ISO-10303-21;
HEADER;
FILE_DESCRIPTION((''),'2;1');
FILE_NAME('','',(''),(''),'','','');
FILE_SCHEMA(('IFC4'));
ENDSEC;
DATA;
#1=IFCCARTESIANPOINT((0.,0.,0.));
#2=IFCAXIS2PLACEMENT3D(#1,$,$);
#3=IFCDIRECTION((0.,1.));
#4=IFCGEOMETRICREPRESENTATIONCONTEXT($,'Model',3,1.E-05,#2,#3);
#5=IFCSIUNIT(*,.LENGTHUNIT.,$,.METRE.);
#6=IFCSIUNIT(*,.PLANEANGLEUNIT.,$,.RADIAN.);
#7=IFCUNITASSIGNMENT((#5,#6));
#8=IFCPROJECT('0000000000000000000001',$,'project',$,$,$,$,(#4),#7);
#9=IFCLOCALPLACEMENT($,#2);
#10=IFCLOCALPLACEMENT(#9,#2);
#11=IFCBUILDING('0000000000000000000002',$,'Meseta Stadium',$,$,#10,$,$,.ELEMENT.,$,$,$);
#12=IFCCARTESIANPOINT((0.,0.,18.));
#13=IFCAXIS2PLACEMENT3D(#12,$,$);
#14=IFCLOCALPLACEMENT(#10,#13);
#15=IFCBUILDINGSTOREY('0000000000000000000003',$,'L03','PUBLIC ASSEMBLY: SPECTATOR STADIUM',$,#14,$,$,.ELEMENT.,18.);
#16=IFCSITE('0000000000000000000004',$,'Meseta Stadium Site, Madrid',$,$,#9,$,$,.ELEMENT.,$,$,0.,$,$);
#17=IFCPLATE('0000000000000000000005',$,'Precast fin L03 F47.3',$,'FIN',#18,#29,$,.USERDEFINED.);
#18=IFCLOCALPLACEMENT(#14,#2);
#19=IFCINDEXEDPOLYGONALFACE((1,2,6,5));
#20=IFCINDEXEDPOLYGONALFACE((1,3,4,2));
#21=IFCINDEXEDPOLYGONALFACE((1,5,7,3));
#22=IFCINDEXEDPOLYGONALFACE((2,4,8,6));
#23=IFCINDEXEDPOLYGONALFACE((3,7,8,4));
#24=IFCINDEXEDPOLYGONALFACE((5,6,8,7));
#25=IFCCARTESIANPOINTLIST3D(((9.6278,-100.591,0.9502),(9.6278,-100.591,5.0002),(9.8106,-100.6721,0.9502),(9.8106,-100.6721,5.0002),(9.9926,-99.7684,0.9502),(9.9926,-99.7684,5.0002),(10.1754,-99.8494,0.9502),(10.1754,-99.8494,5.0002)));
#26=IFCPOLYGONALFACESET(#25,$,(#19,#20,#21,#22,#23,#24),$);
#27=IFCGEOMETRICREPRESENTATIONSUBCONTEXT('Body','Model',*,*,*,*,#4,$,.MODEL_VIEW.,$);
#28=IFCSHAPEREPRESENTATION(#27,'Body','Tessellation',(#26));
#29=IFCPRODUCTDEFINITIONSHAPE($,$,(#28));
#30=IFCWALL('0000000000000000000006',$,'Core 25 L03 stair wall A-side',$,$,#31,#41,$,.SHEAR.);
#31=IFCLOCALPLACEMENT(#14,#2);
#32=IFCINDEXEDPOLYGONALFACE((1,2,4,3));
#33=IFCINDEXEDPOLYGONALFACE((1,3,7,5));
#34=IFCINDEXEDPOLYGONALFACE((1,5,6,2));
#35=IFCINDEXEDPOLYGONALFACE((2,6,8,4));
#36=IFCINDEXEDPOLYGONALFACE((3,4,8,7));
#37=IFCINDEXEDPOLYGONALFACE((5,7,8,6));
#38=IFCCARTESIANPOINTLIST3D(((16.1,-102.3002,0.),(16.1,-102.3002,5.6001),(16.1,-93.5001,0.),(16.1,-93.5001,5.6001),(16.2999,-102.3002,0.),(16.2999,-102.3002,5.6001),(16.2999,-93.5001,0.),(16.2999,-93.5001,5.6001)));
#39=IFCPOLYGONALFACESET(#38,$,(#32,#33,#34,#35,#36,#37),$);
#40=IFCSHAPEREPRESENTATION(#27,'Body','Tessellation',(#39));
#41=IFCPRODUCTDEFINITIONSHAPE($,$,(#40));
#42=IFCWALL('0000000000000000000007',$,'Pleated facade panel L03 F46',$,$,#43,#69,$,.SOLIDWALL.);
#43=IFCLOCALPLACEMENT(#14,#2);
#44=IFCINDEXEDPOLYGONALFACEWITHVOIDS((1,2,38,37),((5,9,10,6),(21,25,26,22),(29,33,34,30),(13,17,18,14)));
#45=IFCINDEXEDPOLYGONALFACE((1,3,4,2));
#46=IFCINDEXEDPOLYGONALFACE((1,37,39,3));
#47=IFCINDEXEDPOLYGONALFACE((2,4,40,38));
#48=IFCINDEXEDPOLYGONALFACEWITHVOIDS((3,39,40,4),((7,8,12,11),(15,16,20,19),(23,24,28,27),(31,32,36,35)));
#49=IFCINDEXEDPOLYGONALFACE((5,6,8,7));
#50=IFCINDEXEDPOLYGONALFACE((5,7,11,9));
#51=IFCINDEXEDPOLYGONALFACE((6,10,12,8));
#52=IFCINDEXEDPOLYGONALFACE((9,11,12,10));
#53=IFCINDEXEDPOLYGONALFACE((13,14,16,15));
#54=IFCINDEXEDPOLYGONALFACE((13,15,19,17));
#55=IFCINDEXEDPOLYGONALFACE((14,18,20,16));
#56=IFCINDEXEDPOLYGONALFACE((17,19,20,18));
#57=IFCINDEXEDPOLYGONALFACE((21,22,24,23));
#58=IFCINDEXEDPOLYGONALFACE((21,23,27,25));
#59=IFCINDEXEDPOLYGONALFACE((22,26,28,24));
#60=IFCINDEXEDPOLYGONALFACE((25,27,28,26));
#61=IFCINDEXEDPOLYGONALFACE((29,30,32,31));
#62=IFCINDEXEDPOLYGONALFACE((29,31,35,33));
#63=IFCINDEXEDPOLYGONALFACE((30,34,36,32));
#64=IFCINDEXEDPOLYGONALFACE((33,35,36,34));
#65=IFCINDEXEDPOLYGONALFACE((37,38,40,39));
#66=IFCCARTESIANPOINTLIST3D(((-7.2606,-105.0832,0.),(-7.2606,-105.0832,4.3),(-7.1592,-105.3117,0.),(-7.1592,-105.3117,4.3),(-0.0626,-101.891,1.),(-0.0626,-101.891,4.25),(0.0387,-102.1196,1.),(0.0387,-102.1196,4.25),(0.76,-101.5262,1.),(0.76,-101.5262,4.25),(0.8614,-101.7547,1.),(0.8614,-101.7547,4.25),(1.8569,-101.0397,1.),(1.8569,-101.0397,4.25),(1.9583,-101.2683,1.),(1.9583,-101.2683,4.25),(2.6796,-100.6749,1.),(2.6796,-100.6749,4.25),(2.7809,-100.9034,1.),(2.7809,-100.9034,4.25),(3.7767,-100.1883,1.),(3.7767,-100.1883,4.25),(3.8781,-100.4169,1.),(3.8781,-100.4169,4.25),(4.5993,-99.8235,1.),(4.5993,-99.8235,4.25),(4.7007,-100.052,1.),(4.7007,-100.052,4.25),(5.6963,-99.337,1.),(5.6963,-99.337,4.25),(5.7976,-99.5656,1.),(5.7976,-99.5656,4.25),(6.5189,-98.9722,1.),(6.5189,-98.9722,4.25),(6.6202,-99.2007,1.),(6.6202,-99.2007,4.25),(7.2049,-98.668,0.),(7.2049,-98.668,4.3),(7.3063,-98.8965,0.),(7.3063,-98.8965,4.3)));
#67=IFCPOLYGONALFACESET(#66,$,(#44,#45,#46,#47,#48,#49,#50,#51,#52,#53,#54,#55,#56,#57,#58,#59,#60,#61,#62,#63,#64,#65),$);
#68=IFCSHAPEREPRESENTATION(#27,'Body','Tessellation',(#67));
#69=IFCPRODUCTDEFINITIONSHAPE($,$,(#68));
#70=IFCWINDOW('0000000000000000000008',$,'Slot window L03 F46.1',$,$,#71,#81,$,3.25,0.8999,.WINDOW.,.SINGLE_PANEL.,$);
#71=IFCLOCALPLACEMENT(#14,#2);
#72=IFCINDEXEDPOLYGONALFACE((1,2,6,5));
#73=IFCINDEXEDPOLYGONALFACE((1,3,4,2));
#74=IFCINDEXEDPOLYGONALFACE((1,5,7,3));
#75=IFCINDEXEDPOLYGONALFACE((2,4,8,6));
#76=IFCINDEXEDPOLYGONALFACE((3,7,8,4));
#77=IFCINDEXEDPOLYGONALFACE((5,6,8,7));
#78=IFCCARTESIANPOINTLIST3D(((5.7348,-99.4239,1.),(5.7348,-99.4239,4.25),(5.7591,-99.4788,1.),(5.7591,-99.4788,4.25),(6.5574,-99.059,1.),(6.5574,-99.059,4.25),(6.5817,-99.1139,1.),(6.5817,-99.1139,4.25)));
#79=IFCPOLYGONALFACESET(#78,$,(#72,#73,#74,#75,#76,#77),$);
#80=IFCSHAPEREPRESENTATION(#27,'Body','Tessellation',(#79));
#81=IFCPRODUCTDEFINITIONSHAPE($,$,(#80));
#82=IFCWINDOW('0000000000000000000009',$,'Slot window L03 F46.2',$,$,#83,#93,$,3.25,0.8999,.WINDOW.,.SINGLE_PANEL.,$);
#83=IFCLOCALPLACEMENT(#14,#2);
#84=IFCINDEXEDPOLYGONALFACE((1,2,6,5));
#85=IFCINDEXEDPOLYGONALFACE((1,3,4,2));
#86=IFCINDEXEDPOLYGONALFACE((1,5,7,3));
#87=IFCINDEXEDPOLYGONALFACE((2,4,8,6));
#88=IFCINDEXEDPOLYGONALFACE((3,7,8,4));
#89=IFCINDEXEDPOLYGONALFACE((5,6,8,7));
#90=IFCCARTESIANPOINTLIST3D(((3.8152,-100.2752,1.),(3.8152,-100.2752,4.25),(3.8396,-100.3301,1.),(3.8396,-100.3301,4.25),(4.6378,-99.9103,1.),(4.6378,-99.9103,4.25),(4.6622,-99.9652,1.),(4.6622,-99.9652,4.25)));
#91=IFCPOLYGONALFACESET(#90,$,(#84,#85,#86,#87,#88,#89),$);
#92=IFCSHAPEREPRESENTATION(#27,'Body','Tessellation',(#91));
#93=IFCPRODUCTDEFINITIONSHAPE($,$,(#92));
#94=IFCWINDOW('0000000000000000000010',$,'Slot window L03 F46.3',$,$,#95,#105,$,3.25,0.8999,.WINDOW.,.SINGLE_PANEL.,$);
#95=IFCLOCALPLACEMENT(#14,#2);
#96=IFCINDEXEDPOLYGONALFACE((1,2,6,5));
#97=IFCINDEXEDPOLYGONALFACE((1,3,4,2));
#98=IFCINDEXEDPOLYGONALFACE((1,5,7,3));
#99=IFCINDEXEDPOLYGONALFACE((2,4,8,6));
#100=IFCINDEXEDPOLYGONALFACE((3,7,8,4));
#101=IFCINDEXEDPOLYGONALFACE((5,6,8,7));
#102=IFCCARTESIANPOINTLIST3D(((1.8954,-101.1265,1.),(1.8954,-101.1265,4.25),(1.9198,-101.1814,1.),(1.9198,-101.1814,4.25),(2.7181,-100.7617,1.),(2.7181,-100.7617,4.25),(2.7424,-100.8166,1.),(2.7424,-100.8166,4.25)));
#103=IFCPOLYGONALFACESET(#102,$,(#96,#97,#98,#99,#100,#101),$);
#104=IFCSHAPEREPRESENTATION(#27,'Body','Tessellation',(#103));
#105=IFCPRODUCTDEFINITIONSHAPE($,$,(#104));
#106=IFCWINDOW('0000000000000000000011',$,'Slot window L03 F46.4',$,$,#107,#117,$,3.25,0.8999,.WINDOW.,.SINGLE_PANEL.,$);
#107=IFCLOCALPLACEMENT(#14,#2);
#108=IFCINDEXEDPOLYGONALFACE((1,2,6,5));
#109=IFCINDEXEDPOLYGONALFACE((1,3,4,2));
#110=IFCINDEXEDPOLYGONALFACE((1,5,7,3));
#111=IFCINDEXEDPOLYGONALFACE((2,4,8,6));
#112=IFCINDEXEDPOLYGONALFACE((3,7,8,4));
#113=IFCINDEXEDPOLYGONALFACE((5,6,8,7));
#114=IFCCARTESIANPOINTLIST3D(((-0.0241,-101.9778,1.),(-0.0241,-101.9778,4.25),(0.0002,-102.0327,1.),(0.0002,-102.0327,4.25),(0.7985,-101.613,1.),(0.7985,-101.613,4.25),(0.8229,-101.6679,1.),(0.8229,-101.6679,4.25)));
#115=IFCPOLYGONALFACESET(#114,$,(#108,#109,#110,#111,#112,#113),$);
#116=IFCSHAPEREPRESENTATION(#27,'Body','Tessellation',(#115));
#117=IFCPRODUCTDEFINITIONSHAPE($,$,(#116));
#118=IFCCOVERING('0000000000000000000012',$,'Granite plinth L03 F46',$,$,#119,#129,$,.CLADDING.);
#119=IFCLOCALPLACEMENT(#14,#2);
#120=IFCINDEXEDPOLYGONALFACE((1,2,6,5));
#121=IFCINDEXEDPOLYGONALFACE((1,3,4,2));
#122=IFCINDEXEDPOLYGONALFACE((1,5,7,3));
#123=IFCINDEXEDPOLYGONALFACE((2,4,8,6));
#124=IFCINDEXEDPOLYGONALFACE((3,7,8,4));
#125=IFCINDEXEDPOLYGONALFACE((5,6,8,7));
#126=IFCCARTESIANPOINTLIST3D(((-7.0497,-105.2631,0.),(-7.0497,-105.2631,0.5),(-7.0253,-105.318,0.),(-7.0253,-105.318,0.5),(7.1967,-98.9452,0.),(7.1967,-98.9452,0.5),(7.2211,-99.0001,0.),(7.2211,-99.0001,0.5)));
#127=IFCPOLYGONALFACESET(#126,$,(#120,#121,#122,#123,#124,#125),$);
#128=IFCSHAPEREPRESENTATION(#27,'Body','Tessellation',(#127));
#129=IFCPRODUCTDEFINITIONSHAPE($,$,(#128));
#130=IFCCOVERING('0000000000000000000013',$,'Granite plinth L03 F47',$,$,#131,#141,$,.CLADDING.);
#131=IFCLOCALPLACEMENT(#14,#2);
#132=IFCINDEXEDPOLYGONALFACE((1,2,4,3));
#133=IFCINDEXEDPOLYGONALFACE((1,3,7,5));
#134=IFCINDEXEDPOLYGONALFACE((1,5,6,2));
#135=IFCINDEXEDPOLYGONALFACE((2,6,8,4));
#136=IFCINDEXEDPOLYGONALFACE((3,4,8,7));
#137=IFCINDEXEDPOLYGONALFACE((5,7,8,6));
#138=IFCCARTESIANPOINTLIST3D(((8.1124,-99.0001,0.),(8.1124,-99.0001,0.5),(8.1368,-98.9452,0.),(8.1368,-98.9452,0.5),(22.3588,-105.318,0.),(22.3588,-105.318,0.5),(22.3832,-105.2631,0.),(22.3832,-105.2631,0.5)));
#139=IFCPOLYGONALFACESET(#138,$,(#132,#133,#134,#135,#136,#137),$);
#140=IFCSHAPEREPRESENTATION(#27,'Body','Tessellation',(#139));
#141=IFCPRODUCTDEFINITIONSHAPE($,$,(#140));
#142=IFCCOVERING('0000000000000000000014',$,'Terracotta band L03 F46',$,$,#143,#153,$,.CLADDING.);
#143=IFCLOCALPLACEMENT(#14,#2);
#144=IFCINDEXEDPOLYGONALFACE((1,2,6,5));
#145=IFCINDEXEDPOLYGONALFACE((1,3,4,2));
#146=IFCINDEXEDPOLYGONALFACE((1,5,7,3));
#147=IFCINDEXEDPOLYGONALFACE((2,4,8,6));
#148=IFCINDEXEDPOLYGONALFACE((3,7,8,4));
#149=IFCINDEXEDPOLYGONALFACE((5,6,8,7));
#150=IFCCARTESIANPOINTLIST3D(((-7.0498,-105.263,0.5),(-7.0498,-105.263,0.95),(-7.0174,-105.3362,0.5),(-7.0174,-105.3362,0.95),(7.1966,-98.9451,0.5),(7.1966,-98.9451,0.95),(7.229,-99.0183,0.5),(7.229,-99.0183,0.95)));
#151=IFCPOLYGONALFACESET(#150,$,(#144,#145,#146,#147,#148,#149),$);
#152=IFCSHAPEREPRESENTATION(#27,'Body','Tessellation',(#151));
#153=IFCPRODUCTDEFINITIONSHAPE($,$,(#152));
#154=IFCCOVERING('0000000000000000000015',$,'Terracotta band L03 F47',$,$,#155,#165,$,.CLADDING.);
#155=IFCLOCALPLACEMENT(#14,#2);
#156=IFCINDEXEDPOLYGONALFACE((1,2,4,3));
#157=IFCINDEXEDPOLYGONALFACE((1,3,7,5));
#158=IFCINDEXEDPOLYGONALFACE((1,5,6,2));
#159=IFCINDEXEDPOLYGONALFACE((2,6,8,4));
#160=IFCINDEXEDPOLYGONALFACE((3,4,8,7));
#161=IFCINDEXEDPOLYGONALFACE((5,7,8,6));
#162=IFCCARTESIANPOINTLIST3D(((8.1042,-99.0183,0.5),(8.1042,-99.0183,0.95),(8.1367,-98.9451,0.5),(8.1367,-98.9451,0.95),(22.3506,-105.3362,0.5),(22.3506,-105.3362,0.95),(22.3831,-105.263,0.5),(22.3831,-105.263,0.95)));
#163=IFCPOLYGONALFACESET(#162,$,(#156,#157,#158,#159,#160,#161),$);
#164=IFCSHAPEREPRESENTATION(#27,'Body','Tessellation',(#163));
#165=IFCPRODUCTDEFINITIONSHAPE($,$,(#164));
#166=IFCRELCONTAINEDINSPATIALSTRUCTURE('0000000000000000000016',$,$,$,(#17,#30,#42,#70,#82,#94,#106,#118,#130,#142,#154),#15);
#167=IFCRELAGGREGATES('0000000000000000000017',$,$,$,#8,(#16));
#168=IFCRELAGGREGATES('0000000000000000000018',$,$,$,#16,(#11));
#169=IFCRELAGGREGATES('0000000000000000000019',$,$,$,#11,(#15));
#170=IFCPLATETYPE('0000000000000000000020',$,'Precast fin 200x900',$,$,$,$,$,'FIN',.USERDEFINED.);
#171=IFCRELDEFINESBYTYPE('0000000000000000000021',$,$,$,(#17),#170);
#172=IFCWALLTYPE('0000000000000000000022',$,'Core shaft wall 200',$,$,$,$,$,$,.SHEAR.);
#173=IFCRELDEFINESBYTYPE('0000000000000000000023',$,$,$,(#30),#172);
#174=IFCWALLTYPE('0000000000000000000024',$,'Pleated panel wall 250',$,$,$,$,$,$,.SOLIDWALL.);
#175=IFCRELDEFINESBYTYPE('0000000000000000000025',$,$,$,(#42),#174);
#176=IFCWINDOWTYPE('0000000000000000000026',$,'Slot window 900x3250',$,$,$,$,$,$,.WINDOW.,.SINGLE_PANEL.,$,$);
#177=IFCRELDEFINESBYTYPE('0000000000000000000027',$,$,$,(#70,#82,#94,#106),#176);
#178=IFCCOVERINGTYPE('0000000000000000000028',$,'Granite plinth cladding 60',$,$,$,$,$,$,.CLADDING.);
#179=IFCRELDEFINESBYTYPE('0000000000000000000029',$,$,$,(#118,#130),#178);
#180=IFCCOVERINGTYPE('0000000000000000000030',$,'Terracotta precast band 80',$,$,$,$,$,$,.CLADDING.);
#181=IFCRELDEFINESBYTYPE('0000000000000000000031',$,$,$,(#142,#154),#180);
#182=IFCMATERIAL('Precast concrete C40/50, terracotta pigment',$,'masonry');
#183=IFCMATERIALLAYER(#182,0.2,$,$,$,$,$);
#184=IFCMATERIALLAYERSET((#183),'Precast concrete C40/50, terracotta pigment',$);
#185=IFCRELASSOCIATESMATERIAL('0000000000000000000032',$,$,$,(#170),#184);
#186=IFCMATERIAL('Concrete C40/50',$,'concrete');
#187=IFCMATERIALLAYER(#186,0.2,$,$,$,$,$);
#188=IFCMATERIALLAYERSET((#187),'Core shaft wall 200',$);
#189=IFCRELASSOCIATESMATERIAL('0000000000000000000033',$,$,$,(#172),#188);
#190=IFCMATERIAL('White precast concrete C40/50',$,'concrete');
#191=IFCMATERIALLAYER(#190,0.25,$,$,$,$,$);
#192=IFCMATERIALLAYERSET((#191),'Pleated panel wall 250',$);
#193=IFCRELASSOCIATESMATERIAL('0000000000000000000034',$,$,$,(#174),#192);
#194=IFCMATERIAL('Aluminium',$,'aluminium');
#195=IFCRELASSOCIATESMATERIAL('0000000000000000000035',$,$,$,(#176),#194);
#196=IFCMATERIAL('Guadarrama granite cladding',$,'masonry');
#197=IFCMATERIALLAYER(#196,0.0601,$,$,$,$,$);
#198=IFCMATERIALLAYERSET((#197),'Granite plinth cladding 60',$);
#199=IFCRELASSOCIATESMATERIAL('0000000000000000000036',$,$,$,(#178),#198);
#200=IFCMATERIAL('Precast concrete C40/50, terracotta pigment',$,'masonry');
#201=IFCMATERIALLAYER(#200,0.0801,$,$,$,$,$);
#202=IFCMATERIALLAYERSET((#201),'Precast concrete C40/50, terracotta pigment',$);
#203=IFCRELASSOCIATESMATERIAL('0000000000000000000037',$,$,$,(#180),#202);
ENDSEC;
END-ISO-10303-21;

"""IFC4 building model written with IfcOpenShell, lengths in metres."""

from ifc_helpers import new_model, si_unit, direction, frame, frame_2d, origin, origin_2d, place, context, subcontext, project, spatial, rectangle, extrude, material, layer, layer_set, type_object, element, fill, save


model = new_model("IFC4")

# Units and contexts
model_context = context("Model", 3, precision=1e-05, world=origin(), true_north=direction((0.0, 1.0)))
body_context = subcontext(model_context, "Body", "Model", "MODEL_VIEW")
ifc_project = project(units=[si_unit("LENGTHUNIT", "METRE"), si_unit("PLANEANGLEUNIT", "RADIAN")], contexts=[model_context])

# Site, building, storey
site_placement = place(None, origin())
site = spatial("IfcSite", under=ifc_project, at=site_placement, Name="Meseta Stadium Site, Madrid", CompositionType="ELEMENT", RefElevation=0.0)
building_placement = place(site_placement, origin())
building = spatial("IfcBuilding", under=site, at=building_placement, Name="Meseta Stadium", CompositionType="ELEMENT")
storey_placement = place(building_placement, frame((0.0, 0.0, 18.0)))
storey = spatial("IfcBuildingStorey", under=building, at=storey_placement, Name="L03", Description="PUBLIC ASSEMBLY: SPECTATOR STADIUM", CompositionType="ELEMENT", Elevation=18.0)

# Plate
ifc_material_1 = material(Name="Precast concrete C40/50, terracotta pigment", Category="masonry")
ifc_layer_1 = layer(ifc_material_1, 0.2)
ifc_layer_set_1 = layer_set([ifc_layer_1], Name="Precast concrete C40/50, terracotta pigment")
plate_type_1 = type_object("IfcPlateType", Name="Precast fin 200x900", ElementType="FIN", PredefinedType="USERDEFINED", material=ifc_layer_set_1)
for number, where, z_axis, x_axis, name in (
    (1, (9.9016, -100.2202, 0.9502), (0.0, 0.0, 1.0), (-0.914139, 0.4054, 0.0), "Precast fin L03 F47.3"),
):
    element("IfcPlate", number, at=place(storey_placement, frame(where, z_axis=z_axis, x_axis=x_axis)), inside=storey, type_object=plate_type_1, Name=name, ObjectType="FIN", PredefinedType="USERDEFINED", context=body_context, shape_type="SweptSolid", body=[
        extrude(rectangle(XDim=0.2, YDim=0.8999, at=origin_2d()), origin(), (0.0, 0.0, 1.0), 4.05),
    ])

# Wall
ifc_material_2 = material(Name="Concrete C40/50", Category="concrete")
ifc_layer_2 = layer(ifc_material_2, 0.2)
ifc_layer_set_2 = layer_set([ifc_layer_2], Name="Core shaft wall 200")
wall_type_1 = type_object("IfcWallType", Name="Core shaft wall 200", PredefinedType="SHEAR", material=ifc_layer_set_2)
wall_1_placement = place(storey_placement, frame((16.2, -102.3, 0.0), z_axis=(0.0, 0.0, 1.0), x_axis=(0.0, 1.0, 0.0)))
element("IfcWall", 2, at=wall_1_placement, inside=storey, type_object=wall_type_1, Name="Core 25 L03 stair wall A-side", PredefinedType="SHEAR", context=body_context, shape_type="SweptSolid", body=[
    extrude(rectangle(XDim=8.8, YDim=0.2, at=frame_2d((4.3999, 0.0))), origin(), (0.0, 0.0, 1.0), 5.6001),
])

# Wall, openings, windows
ifc_material_3 = material(Name="White precast concrete C40/50", Category="concrete")
ifc_layer_3 = layer(ifc_material_3, 0.25)
ifc_layer_set_3 = layer_set([ifc_layer_3], Name="Pleated panel wall 250")
wall_type_2 = type_object("IfcWallType", Name="Pleated panel wall 250", PredefinedType="SOLIDWALL", material=ifc_layer_set_3)
wall_2_placement = place(storey_placement, frame((7.2556, -98.7822, 0.0), z_axis=(0.0, 0.0, 1.0), x_axis=(-0.914136, -0.405407, 0.0)))
wall_2 = element("IfcWall", 3, at=wall_2_placement, inside=storey, type_object=wall_type_2, Name="Pleated facade panel L03 F46", PredefinedType="SOLIDWALL", context=body_context, shape_type="SweptSolid", body=[
    extrude(rectangle(XDim=15.8242, YDim=0.25, at=frame_2d((7.9121, 0.0))), origin(), (0.0, 0.0, 1.0), 4.3),
])
opening_1_placement = place(wall_2_placement, frame((0.7505, 0.0, 1.0)))
opening_1 = element("IfcOpeningElement", 4, at=opening_1_placement, cuts=wall_2, PredefinedType="OPENING", context=body_context, shape_type="SweptSolid", body=[
    extrude(rectangle(XDim=0.8999, YDim=3.25, at=frame_2d((0.45, 1.625))), frame((0.0, 0.135, 0.0), z_axis=(0.0, -1.0, 0.0), x_axis=(1.0, 0.0, 0.0)), (0.0, 0.0, 1.0), 0.27),
])
opening_2_placement = place(wall_2_placement, frame((2.8503, 0.0, 1.0)))
opening_2 = element("IfcOpeningElement", 5, at=opening_2_placement, cuts=wall_2, PredefinedType="OPENING", context=body_context, shape_type="SweptSolid", body=[
    extrude(rectangle(XDim=0.8999, YDim=3.25, at=frame_2d((0.45, 1.625))), frame((0.0, 0.135, 0.0), z_axis=(0.0, -1.0, 0.0), x_axis=(1.0, 0.0, 0.0)), (0.0, 0.0, 1.0), 0.27),
])
opening_3_placement = place(wall_2_placement, frame((4.9504, 0.0, 1.0)))
opening_3 = element("IfcOpeningElement", 6, at=opening_3_placement, cuts=wall_2, PredefinedType="OPENING", context=body_context, shape_type="SweptSolid", body=[
    extrude(rectangle(XDim=0.8999, YDim=3.25, at=frame_2d((0.45, 1.625))), frame((0.0, 0.135, 0.0), z_axis=(0.0, -1.0, 0.0), x_axis=(1.0, 0.0, 0.0)), (0.0, 0.0, 1.0), 0.27),
])
opening_4_placement = place(wall_2_placement, frame((7.0503, 0.0, 1.0)))
opening_4 = element("IfcOpeningElement", 7, at=opening_4_placement, cuts=wall_2, PredefinedType="OPENING", context=body_context, shape_type="SweptSolid", body=[
    extrude(rectangle(XDim=0.8999, YDim=3.25, at=frame_2d((0.45, 1.625))), frame((0.0, 0.135, 0.0), z_axis=(0.0, -1.0, 0.0), x_axis=(1.0, 0.0, 0.0)), (0.0, 0.0, 1.0), 0.27),
])
ifc_material_4 = material(Name="Aluminium", Category="aluminium")
window_type = type_object("IfcWindowType", Name="Slot window 900x3250", PartitioningType="SINGLE_PANEL", PredefinedType="WINDOW", material=ifc_material_4)
window_1_placement = place(opening_1_placement, origin())
window_1 = element("IfcWindow", 8, at=window_1_placement, inside=storey, type_object=window_type, Name="Slot window L03 F46.1", OverallHeight=3.25, OverallWidth=0.8999, PartitioningType="SINGLE_PANEL", PredefinedType="WINDOW", context=body_context, shape_type="SweptSolid", body=[
    extrude(rectangle(XDim=0.8999, YDim=3.25, at=frame_2d((0.45, 1.625))), frame((0.0, 0.03, 0.0), z_axis=(0.0, -1.0, 0.0), x_axis=(1.0, 0.0, 0.0)), (0.0, 0.0, 1.0), 0.0601),
])
fill(opening_1, window_1)
window_2_placement = place(opening_2_placement, origin())
window_2 = element("IfcWindow", 9, at=window_2_placement, inside=storey, type_object=window_type, Name="Slot window L03 F46.2", OverallHeight=3.25, OverallWidth=0.8999, PartitioningType="SINGLE_PANEL", PredefinedType="WINDOW", context=body_context, shape_type="SweptSolid", body=[
    extrude(rectangle(XDim=0.8999, YDim=3.25, at=frame_2d((0.45, 1.625))), frame((0.0, 0.03, 0.0), z_axis=(0.0, -1.0, 0.0), x_axis=(1.0, 0.0, 0.0)), (0.0, 0.0, 1.0), 0.0601),
])
fill(opening_2, window_2)
window_3_placement = place(opening_3_placement, origin())
window_3 = element("IfcWindow", 10, at=window_3_placement, inside=storey, type_object=window_type, Name="Slot window L03 F46.3", OverallHeight=3.25, OverallWidth=0.8999, PartitioningType="SINGLE_PANEL", PredefinedType="WINDOW", context=body_context, shape_type="SweptSolid", body=[
    extrude(rectangle(XDim=0.8999, YDim=3.25, at=frame_2d((0.45, 1.625))), frame((0.0, 0.03, 0.0), z_axis=(0.0, -1.0, 0.0), x_axis=(1.0, 0.0, 0.0)), (0.0, 0.0, 1.0), 0.0601),
])
fill(opening_3, window_3)
window_4_placement = place(opening_4_placement, origin())
window_4 = element("IfcWindow", 11, at=window_4_placement, inside=storey, type_object=window_type, Name="Slot window L03 F46.4", OverallHeight=3.25, OverallWidth=0.8999, PartitioningType="SINGLE_PANEL", PredefinedType="WINDOW", context=body_context, shape_type="SweptSolid", body=[
    extrude(rectangle(XDim=0.8999, YDim=3.25, at=frame_2d((0.45, 1.625))), frame((0.0, 0.03, 0.0), z_axis=(0.0, -1.0, 0.0), x_axis=(1.0, 0.0, 0.0)), (0.0, 0.0, 1.0), 0.0601),
])
fill(opening_4, window_4)

# Coverings
ifc_material_5 = material(Name="Guadarrama granite cladding", Category="masonry")
ifc_layer_4 = layer(ifc_material_5, 0.0601)
ifc_layer_set_4 = layer_set([ifc_layer_4], Name="Granite plinth cladding 60")
covering_type_1 = type_object("IfcCoveringType", Name="Granite plinth cladding 60", PredefinedType="CLADDING", material=ifc_layer_set_4)
for number, where, z_axis, x_axis, name in (
    (12, (0.0857, -102.1316, 0.0), (0.0, 0.0, 1.0), (-0.914139, -0.4054, 0.0), "Granite plinth L03 F46"),
    (13, (15.2478, -102.1316, 0.0), (0.0, 0.0, 1.0), (-0.914139, 0.4054, 0.0), "Granite plinth L03 F47"),
):
    element("IfcCovering", number, at=place(storey_placement, frame(where, z_axis=z_axis, x_axis=x_axis)), inside=storey, type_object=covering_type_1, Name=name, PredefinedType="CLADDING", context=body_context, shape_type="SweptSolid", body=[
        extrude(rectangle(XDim=15.5845, YDim=0.0601, at=origin_2d()), origin(), (0.0, 0.0, 1.0), 0.5),
    ])
ifc_material_6 = material(Name="Precast concrete C40/50, terracotta pigment", Category="masonry")
ifc_layer_5 = layer(ifc_material_6, 0.0801)
ifc_layer_set_5 = layer_set([ifc_layer_5], Name="Precast concrete C40/50, terracotta pigment")
covering_type_2 = type_object("IfcCoveringType", Name="Terracotta precast band 80", PredefinedType="CLADDING", material=ifc_layer_set_5)
for number, where, z_axis, x_axis, name in (
    (14, (0.0896, -102.1406, 0.5), (0.0, 0.0, 1.0), (-0.914139, -0.4054, 0.0), "Terracotta band L03 F46"),
    (15, (15.2437, -102.1406, 0.5), (0.0, 0.0, 1.0), (-0.914139, 0.4054, 0.0), "Terracotta band L03 F47"),
):
    element("IfcCovering", number, at=place(storey_placement, frame(where, z_axis=z_axis, x_axis=x_axis)), inside=storey, type_object=covering_type_2, Name=name, PredefinedType="CLADDING", context=body_context, shape_type="SweptSolid", body=[
        extrude(rectangle(XDim=15.5845, YDim=0.0801, at=origin_2d()), origin(), (0.0, 0.0, 1.0), 0.45),
    ])

save(model, "model.ifc")
